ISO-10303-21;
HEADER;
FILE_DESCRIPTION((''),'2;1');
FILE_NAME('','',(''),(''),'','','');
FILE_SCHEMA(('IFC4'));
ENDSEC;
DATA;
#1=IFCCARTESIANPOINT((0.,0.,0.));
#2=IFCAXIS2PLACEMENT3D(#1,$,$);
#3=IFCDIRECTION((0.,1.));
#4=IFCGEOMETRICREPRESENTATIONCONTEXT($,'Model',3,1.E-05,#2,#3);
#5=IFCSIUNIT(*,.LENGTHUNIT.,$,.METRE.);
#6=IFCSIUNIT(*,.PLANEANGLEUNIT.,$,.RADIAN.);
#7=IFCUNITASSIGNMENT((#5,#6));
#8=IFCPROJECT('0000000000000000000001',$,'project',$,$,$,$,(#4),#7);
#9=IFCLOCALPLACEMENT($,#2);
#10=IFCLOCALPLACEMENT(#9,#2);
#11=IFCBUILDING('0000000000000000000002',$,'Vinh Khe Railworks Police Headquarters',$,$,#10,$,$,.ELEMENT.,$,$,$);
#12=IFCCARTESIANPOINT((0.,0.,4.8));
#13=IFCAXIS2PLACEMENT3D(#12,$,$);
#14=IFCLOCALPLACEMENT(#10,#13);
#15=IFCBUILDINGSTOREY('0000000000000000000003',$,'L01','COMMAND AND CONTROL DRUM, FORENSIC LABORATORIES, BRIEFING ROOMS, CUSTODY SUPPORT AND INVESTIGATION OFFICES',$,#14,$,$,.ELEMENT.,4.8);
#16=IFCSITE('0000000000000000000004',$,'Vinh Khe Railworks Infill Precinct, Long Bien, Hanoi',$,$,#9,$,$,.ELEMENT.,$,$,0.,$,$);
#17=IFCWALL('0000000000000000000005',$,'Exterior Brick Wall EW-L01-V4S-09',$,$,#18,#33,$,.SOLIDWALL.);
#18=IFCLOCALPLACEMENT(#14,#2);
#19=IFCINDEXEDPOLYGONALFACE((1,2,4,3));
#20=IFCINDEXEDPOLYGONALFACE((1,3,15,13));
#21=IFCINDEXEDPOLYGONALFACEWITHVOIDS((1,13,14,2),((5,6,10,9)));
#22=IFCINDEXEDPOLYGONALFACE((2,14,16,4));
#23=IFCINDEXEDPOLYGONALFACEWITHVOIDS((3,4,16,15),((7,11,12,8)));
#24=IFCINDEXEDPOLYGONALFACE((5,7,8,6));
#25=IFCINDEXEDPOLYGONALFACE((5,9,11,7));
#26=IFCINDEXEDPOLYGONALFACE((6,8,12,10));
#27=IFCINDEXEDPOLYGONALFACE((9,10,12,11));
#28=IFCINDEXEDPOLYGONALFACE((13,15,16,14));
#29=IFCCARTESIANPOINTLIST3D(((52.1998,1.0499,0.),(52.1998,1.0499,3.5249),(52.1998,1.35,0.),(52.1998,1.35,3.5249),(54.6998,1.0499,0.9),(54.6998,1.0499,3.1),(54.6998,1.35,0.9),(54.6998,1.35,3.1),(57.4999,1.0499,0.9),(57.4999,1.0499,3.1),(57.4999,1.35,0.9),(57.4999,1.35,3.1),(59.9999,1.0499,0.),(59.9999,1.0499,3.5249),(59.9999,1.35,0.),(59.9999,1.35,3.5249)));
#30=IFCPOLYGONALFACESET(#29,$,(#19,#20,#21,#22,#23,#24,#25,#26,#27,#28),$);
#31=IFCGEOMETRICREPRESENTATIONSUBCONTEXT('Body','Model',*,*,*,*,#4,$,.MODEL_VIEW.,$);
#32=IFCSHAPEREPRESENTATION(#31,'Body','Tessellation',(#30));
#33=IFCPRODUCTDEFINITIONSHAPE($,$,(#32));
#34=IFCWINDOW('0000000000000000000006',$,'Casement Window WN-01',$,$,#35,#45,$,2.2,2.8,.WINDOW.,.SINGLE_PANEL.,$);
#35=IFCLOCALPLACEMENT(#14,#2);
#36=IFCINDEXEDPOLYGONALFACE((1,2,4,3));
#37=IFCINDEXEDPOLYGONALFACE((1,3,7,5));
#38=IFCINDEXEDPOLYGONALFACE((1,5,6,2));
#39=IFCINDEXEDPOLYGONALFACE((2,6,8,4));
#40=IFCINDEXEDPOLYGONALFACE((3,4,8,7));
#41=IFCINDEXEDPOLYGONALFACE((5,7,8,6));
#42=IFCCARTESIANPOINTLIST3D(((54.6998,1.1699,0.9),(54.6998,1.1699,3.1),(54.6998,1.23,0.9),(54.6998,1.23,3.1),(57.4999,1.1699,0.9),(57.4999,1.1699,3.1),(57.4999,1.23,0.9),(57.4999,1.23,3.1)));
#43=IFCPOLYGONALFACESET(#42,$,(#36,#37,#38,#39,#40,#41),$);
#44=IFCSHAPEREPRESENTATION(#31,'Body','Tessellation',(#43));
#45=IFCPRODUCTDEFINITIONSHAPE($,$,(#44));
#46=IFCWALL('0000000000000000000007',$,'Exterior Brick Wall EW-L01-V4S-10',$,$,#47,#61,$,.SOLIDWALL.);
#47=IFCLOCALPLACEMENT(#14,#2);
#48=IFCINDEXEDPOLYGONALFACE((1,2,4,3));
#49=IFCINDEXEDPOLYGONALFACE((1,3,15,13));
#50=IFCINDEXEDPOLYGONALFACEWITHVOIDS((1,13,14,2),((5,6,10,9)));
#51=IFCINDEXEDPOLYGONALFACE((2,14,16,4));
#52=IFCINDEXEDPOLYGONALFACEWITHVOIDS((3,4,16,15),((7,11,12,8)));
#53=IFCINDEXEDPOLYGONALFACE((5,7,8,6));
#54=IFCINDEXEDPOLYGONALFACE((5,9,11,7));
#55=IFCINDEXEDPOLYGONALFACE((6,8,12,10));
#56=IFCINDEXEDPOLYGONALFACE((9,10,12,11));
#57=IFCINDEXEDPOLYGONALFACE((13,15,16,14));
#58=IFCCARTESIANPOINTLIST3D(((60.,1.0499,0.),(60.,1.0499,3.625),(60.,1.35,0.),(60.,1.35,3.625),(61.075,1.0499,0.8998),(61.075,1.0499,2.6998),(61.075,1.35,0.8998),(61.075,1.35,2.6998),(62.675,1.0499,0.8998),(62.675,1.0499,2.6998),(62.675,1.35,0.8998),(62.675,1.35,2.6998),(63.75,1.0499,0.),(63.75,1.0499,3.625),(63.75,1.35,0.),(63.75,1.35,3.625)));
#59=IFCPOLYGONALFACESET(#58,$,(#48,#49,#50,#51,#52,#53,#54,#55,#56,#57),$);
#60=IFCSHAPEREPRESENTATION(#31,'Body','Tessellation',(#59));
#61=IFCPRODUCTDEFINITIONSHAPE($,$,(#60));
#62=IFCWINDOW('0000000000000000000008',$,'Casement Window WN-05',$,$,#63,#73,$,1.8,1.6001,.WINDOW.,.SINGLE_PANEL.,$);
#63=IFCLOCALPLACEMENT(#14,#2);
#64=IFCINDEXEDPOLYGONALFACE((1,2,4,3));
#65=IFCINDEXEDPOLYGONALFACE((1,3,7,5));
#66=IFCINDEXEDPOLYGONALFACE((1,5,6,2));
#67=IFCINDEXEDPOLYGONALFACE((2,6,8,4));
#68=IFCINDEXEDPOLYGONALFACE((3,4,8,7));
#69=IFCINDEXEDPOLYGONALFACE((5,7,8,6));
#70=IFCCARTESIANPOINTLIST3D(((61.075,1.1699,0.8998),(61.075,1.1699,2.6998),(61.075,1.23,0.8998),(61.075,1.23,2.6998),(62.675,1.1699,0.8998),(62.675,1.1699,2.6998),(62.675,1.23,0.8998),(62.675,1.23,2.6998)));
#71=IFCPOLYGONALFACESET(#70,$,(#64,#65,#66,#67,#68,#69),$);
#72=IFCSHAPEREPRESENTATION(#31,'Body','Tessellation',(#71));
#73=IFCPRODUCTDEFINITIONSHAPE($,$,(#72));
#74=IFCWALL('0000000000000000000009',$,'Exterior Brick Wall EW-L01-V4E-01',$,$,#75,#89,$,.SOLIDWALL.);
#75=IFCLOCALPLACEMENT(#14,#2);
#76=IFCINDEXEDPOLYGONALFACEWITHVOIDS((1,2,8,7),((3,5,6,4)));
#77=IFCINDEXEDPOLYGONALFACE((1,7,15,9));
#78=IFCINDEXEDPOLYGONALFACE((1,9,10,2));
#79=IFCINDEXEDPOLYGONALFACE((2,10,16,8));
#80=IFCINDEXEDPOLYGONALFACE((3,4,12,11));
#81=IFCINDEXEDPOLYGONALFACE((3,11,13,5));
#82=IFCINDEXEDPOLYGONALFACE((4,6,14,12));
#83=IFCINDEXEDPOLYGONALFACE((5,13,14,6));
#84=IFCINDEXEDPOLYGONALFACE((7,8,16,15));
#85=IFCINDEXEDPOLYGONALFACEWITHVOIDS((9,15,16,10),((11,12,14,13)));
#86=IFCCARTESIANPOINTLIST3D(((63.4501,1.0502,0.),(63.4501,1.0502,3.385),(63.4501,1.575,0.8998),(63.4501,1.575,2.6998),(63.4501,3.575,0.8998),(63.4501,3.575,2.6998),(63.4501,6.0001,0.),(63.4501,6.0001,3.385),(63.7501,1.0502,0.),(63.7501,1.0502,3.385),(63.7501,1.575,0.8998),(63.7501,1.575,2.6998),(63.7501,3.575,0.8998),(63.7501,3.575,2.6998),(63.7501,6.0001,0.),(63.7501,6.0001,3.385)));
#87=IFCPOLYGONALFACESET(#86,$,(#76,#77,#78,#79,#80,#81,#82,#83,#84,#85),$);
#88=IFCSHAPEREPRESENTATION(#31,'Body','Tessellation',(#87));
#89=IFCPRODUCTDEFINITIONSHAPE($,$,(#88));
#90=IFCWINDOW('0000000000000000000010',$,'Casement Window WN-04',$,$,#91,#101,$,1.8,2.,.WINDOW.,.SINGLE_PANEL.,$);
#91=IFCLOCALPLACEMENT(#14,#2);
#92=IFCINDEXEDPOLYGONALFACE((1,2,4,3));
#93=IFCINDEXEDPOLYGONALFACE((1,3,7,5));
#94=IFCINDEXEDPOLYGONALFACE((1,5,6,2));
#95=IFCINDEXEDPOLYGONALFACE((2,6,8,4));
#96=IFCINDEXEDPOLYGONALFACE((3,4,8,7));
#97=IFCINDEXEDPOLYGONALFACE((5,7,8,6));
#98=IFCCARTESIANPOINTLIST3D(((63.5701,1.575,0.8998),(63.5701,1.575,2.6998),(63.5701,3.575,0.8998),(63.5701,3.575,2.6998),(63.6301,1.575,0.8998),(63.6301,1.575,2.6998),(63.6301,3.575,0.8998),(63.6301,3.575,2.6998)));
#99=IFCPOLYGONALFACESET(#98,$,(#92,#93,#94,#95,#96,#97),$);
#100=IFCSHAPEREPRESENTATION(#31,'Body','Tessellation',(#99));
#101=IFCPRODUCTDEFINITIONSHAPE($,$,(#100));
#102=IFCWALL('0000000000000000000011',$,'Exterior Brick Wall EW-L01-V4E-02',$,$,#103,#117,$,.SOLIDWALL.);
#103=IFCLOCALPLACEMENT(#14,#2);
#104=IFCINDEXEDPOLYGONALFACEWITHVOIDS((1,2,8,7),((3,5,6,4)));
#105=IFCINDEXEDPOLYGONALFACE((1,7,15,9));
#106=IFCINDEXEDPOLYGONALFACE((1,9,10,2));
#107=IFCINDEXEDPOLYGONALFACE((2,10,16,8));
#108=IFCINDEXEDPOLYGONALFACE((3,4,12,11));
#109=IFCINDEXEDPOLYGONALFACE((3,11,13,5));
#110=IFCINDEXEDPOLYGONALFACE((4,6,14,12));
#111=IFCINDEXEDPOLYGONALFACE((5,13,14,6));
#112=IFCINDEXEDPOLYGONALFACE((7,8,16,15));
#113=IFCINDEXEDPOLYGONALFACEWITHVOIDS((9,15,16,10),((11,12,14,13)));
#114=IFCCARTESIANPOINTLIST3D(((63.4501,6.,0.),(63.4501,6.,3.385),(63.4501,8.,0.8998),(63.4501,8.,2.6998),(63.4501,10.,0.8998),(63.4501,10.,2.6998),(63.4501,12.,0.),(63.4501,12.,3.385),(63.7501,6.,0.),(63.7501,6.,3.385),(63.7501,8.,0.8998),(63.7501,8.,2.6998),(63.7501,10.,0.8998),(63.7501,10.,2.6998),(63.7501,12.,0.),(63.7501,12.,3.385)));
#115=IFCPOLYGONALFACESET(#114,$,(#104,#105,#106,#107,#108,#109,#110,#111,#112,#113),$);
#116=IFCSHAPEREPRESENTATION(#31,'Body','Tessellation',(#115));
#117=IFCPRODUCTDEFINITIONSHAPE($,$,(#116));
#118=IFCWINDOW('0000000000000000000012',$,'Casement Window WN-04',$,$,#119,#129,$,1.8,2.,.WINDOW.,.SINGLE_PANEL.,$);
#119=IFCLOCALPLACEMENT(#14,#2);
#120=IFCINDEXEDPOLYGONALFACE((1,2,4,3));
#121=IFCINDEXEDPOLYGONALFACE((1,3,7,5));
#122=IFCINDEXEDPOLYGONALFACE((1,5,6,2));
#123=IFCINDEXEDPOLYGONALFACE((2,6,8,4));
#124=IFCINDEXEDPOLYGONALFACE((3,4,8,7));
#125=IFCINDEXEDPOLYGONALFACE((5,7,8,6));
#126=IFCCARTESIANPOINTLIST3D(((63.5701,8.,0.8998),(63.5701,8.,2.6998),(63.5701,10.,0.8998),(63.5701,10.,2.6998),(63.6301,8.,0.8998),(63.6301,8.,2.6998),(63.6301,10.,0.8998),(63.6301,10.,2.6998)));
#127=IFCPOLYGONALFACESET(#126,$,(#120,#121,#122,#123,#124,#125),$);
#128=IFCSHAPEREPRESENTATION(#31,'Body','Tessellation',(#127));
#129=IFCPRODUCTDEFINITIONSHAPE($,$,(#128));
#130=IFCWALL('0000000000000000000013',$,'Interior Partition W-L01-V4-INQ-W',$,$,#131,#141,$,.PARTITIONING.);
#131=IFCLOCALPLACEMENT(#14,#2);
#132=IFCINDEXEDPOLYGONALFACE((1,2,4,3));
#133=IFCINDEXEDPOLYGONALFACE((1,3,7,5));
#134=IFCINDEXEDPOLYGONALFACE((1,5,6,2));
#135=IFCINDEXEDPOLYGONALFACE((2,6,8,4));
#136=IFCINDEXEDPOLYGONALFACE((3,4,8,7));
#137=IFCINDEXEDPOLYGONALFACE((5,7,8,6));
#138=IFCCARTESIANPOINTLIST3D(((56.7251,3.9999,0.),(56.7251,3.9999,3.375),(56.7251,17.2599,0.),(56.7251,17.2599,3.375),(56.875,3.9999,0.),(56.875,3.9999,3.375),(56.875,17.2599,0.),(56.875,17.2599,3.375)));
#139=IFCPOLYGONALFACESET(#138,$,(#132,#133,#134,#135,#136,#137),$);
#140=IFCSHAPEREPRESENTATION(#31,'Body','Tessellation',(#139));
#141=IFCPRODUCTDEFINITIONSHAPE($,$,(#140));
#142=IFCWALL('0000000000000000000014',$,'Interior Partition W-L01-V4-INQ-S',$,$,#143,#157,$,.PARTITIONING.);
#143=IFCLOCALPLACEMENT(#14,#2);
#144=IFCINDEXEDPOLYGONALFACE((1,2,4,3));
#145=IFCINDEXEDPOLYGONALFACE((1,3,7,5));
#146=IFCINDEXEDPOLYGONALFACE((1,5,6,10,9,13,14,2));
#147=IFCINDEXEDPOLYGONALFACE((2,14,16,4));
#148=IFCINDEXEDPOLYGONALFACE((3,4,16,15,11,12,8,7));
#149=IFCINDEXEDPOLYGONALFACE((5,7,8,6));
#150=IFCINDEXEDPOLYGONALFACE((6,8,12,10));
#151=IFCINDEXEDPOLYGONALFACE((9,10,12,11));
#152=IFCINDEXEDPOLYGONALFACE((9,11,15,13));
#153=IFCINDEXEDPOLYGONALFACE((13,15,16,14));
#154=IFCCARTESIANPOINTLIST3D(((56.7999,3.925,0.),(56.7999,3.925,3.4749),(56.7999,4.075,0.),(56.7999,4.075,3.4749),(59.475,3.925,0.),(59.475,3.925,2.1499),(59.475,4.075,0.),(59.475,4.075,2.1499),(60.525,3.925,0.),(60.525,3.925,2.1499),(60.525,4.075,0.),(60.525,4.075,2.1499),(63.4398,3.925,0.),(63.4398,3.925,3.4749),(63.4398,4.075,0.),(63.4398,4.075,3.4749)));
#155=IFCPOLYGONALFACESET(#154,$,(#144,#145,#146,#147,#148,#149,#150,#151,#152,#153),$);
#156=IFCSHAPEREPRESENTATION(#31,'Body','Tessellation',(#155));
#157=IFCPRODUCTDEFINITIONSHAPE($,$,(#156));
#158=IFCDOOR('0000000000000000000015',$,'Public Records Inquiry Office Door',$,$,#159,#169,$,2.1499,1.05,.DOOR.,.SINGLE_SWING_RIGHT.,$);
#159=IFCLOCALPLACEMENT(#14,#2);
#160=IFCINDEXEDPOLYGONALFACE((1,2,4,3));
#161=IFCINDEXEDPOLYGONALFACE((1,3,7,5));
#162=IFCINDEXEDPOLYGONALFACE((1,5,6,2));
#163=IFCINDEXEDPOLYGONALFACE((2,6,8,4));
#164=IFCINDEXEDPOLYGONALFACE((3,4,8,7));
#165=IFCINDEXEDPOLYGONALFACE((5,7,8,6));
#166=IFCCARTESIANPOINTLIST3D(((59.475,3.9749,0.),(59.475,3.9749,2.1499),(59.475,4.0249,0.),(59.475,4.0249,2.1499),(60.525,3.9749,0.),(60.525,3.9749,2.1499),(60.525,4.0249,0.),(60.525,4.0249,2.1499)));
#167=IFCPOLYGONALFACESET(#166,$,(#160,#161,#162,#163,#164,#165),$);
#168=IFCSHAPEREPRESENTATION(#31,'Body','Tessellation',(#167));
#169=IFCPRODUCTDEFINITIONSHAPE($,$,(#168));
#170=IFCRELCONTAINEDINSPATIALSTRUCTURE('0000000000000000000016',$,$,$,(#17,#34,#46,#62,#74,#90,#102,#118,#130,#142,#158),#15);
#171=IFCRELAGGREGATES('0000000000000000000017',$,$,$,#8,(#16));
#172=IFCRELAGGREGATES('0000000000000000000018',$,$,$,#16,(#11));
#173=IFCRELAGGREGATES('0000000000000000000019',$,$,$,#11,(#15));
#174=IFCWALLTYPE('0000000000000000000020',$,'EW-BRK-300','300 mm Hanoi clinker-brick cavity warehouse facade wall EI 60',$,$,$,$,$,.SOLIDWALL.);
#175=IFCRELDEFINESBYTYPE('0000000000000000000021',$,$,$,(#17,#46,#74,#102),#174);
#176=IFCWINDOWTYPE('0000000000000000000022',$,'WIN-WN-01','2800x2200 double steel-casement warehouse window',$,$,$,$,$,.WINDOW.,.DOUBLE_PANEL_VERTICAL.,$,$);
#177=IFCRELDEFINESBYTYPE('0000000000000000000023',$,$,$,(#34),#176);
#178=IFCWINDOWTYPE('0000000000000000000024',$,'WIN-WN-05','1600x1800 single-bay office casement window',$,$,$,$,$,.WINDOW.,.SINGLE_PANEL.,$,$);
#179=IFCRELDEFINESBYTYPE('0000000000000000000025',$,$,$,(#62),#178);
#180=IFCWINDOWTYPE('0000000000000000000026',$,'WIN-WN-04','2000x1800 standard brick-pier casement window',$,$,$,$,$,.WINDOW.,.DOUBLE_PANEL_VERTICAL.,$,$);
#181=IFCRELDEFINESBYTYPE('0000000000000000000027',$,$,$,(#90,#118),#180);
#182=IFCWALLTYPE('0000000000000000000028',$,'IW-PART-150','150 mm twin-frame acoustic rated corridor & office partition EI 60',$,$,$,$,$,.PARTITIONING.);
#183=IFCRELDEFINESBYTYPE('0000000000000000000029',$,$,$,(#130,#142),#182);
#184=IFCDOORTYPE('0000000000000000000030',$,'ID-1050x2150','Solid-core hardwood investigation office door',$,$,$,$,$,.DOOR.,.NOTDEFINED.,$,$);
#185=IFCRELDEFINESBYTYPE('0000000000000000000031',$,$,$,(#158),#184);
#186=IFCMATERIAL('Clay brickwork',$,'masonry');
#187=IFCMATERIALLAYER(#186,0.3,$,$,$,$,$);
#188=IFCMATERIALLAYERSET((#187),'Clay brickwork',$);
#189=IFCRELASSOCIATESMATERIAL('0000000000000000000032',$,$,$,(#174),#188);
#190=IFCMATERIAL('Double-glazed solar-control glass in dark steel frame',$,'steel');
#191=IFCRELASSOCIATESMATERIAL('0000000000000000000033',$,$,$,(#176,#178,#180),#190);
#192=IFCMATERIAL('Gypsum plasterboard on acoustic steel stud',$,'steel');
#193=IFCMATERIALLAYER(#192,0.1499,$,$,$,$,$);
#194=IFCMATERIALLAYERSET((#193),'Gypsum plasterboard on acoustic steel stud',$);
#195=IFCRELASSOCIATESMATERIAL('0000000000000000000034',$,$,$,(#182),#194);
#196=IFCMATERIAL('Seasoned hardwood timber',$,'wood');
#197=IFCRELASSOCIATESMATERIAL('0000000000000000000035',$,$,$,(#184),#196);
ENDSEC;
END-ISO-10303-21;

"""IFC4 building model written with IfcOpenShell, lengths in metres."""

from ifc_helpers import new_model, si_unit, direction, frame, frame_2d, origin, place, context, subcontext, project, spatial, rectangle, extrude, material, layer, layer_set, type_object, element, fill, save


model = new_model("IFC4")

# Units and contexts
model_context = context("Model", 3, precision=1e-05, world=origin(), true_north=direction((0.0, 1.0)))
body_context = subcontext(model_context, "Body", "Model", "MODEL_VIEW")
ifc_project = project(units=[si_unit("LENGTHUNIT", "METRE"), si_unit("PLANEANGLEUNIT", "RADIAN")], contexts=[model_context])

# Site, building, storey
site_placement = place(None, origin())
site = spatial("IfcSite", under=ifc_project, at=site_placement, Name="Vinh Khe Railworks Infill Precinct, Long Bien, Hanoi", CompositionType="ELEMENT", RefElevation=0.0)
building_placement = place(site_placement, origin())
building = spatial("IfcBuilding", under=site, at=building_placement, Name="Vinh Khe Railworks Police Headquarters", CompositionType="ELEMENT")
storey_placement = place(building_placement, frame((0.0, 0.0, 4.8)))
storey = spatial("IfcBuildingStorey", under=building, at=storey_placement, Name="L01", Description="COMMAND AND CONTROL DRUM, FORENSIC LABORATORIES, BRIEFING ROOMS, CUSTODY SUPPORT AND INVESTIGATION OFFICES", CompositionType="ELEMENT", Elevation=4.8)

# Walls, openings, windows
ifc_material_1 = material(Name="Clay brickwork", Category="masonry")
ifc_layer_1 = layer(ifc_material_1, 0.3)
ifc_layer_set_1 = layer_set([ifc_layer_1], Name="Clay brickwork")
wall_type_1 = type_object("IfcWallType", Name="EW-BRK-300", Description="300 mm Hanoi clinker-brick cavity warehouse facade wall EI 60", PredefinedType="SOLIDWALL", material=ifc_layer_set_1)
wall_1_placement = place(storey_placement, frame((52.2, 1.2, 0.0), z_axis=(0.0, 0.0, 1.0), x_axis=(1.0, 0.0, 0.0)))
wall_1 = element("IfcWall", 1, at=wall_1_placement, inside=storey, type_object=wall_type_1, Name="Exterior Brick Wall EW-L01-V4S-09", PredefinedType="SOLIDWALL", context=body_context, shape_type="SweptSolid", body=[
    extrude(rectangle(XDim=7.8, YDim=0.3, at=frame_2d((3.8999, 0.0))), origin(), (0.0, 0.0, 1.0), 3.5249),
])
opening_1_placement = place(wall_1_placement, frame((2.5, 0.0, 0.8999)))
opening_1 = element("IfcOpeningElement", 2, at=opening_1_placement, cuts=wall_1, PredefinedType="OPENING", context=body_context, shape_type="SweptSolid", body=[
    extrude(rectangle(XDim=2.8, YDim=2.2, at=frame_2d((1.3999, 1.1001))), frame((0.0, 0.165, 0.0), z_axis=(0.0, -1.0, 0.0), x_axis=(1.0, 0.0, 0.0)), (0.0, 0.0, 1.0), 0.3298),
])
ifc_material_2 = material(Name="Double-glazed solar-control glass in dark steel frame", Category="steel")
window_type_1 = type_object("IfcWindowType", Name="WIN-WN-01", Description="2800x2200 double steel-casement warehouse window", PartitioningType="DOUBLE_PANEL_VERTICAL", PredefinedType="WINDOW", material=ifc_material_2)
window_1_placement = place(opening_1_placement, origin())
window_1 = element("IfcWindow", 3, at=window_1_placement, inside=storey, type_object=window_type_1, Name="Casement Window WN-01", OverallHeight=2.2, OverallWidth=2.8, PartitioningType="SINGLE_PANEL", PredefinedType="WINDOW", context=body_context, shape_type="SweptSolid", body=[
    extrude(rectangle(XDim=2.8, YDim=2.2, at=frame_2d((1.3999, 1.1001))), frame((0.0, 0.03, 0.0), z_axis=(0.0, -1.0, 0.0), x_axis=(1.0, 0.0, 0.0)), (0.0, 0.0, 1.0), 0.0601),
])
fill(opening_1, window_1)
wall_2_placement = place(storey_placement, frame((60.0, 1.2, 0.0), z_axis=(0.0, 0.0, 1.0), x_axis=(1.0, 0.0, 0.0)))
wall_2 = element("IfcWall", 4, at=wall_2_placement, inside=storey, type_object=wall_type_1, Name="Exterior Brick Wall EW-L01-V4S-10", PredefinedType="SOLIDWALL", context=body_context, shape_type="SweptSolid", body=[
    extrude(rectangle(XDim=3.75, YDim=0.3, at=frame_2d((1.875, 0.0))), origin(), (0.0, 0.0, 1.0), 3.625),
])
opening_2_placement = place(wall_2_placement, frame((1.075, 0.0, 0.8999)))
opening_2 = element("IfcOpeningElement", 5, at=opening_2_placement, cuts=wall_2, PredefinedType="OPENING", context=body_context, shape_type="SweptSolid", body=[
    extrude(rectangle(XDim=1.6001, YDim=1.8, at=frame_2d((0.8, 0.8999))), frame((0.0, 0.165, 0.0), z_axis=(0.0, -1.0, 0.0), x_axis=(1.0, 0.0, 0.0)), (0.0, 0.0, 1.0), 0.3298),
])
window_type_2 = type_object("IfcWindowType", Name="WIN-WN-05", Description="1600x1800 single-bay office casement window", PartitioningType="SINGLE_PANEL", PredefinedType="WINDOW", material=ifc_material_2)
window_2_placement = place(opening_2_placement, origin())
window_2 = element("IfcWindow", 6, at=window_2_placement, inside=storey, type_object=window_type_2, Name="Casement Window WN-05", OverallHeight=1.8, OverallWidth=1.6001, PartitioningType="SINGLE_PANEL", PredefinedType="WINDOW", context=body_context, shape_type="SweptSolid", body=[
    extrude(rectangle(XDim=1.6001, YDim=1.8, at=frame_2d((0.8, 0.8999))), frame((0.0, 0.03, 0.0), z_axis=(0.0, -1.0, 0.0), x_axis=(1.0, 0.0, 0.0)), (0.0, 0.0, 1.0), 0.0601),
])
fill(opening_2, window_2)
wall_3_placement = place(storey_placement, frame((63.6001, 1.05, 0.0), z_axis=(0.0, 0.0, 1.0), x_axis=(0.0, 1.0, 0.0)))
wall_3 = element("IfcWall", 7, at=wall_3_placement, inside=storey, type_object=wall_type_1, Name="Exterior Brick Wall EW-L01-V4E-01", PredefinedType="SOLIDWALL", context=body_context, shape_type="SweptSolid", body=[
    extrude(rectangle(XDim=4.95, YDim=0.3, at=frame_2d((2.4751, 0.0))), origin(), (0.0, 0.0, 1.0), 3.385),
])
opening_3_placement = place(wall_3_placement, frame((0.5249, 0.0, 0.8999)))
opening_3 = element("IfcOpeningElement", 8, at=opening_3_placement, cuts=wall_3, PredefinedType="OPENING", context=body_context, shape_type="SweptSolid", body=[
    extrude(rectangle(XDim=2.0, YDim=1.8, at=frame_2d((1.0, 0.8999))), frame((0.0, 0.165, 0.0), z_axis=(0.0, -1.0, 0.0), x_axis=(1.0, 0.0, 0.0)), (0.0, 0.0, 1.0), 0.3298),
])
window_type_3 = type_object("IfcWindowType", Name="WIN-WN-04", Description="2000x1800 standard brick-pier casement window", PartitioningType="DOUBLE_PANEL_VERTICAL", PredefinedType="WINDOW", material=ifc_material_2)
window_3_placement = place(opening_3_placement, origin())
window_3 = element("IfcWindow", 9, at=window_3_placement, inside=storey, type_object=window_type_3, Name="Casement Window WN-04", OverallHeight=1.8, OverallWidth=2.0, PartitioningType="SINGLE_PANEL", PredefinedType="WINDOW", context=body_context, shape_type="SweptSolid", body=[
    extrude(rectangle(XDim=2.0, YDim=1.8, at=frame_2d((1.0, 0.8999))), frame((0.0, 0.03, 0.0), z_axis=(0.0, -1.0, 0.0), x_axis=(1.0, 0.0, 0.0)), (0.0, 0.0, 1.0), 0.0601),
])
fill(opening_3, window_3)
wall_4_placement = place(storey_placement, frame((63.6001, 6.0, 0.0), z_axis=(0.0, 0.0, 1.0), x_axis=(0.0, 1.0, 0.0)))
wall_4 = element("IfcWall", 10, at=wall_4_placement, inside=storey, type_object=wall_type_1, Name="Exterior Brick Wall EW-L01-V4E-02", PredefinedType="SOLIDWALL", context=body_context, shape_type="SweptSolid", body=[
    extrude(rectangle(XDim=6.0, YDim=0.3, at=frame_2d((3.0, 0.0))), origin(), (0.0, 0.0, 1.0), 3.385),
])
opening_4_placement = place(wall_4_placement, frame((2.0, 0.0, 0.8999)))
opening_4 = element("IfcOpeningElement", 11, at=opening_4_placement, cuts=wall_4, PredefinedType="OPENING", context=body_context, shape_type="SweptSolid", body=[
    extrude(rectangle(XDim=2.0, YDim=1.8, at=frame_2d((1.0, 0.8999))), frame((0.0, 0.165, 0.0), z_axis=(0.0, -1.0, 0.0), x_axis=(1.0, 0.0, 0.0)), (0.0, 0.0, 1.0), 0.3298),
])
window_4_placement = place(opening_4_placement, origin())
window_4 = element("IfcWindow", 12, at=window_4_placement, inside=storey, type_object=window_type_3, Name="Casement Window WN-04", OverallHeight=1.8, OverallWidth=2.0, PartitioningType="SINGLE_PANEL", PredefinedType="WINDOW", context=body_context, shape_type="SweptSolid", body=[
    extrude(rectangle(XDim=2.0, YDim=1.8, at=frame_2d((1.0, 0.8999))), frame((0.0, 0.03, 0.0), z_axis=(0.0, -1.0, 0.0), x_axis=(1.0, 0.0, 0.0)), (0.0, 0.0, 1.0), 0.0601),
])
fill(opening_4, window_4)

# Wall
ifc_material_3 = material(Name="Gypsum plasterboard on acoustic steel stud", Category="steel")
ifc_layer_2 = layer(ifc_material_3, 0.1499)
ifc_layer_set_2 = layer_set([ifc_layer_2], Name="Gypsum plasterboard on acoustic steel stud")
wall_type_2 = type_object("IfcWallType", Name="IW-PART-150", Description="150 mm twin-frame acoustic rated corridor & office partition EI 60", PredefinedType="PARTITIONING", material=ifc_layer_set_2)
wall_5_placement = place(storey_placement, frame((56.8, 4.0, 0.0), z_axis=(0.0, 0.0, 1.0), x_axis=(0.0, 1.0, 0.0)))
element("IfcWall", 13, at=wall_5_placement, inside=storey, type_object=wall_type_2, Name="Interior Partition W-L01-V4-INQ-W", PredefinedType="PARTITIONING", context=body_context, shape_type="SweptSolid", body=[
    extrude(rectangle(XDim=13.26, YDim=0.1499, at=frame_2d((6.6299, 0.0))), origin(), (0.0, 0.0, 1.0), 3.375),
])

# Wall, opening, door
wall_6_placement = place(storey_placement, frame((56.8, 4.0, 0.0), z_axis=(0.0, 0.0, 1.0), x_axis=(1.0, 0.0, 0.0)))
wall_6 = element("IfcWall", 14, at=wall_6_placement, inside=storey, type_object=wall_type_2, Name="Interior Partition W-L01-V4-INQ-S", PredefinedType="PARTITIONING", context=body_context, shape_type="SweptSolid", body=[
    extrude(rectangle(XDim=6.6399, YDim=0.1499, at=frame_2d((3.3198, 0.0))), origin(), (0.0, 0.0, 1.0), 3.4749),
])
opening_5_placement = place(wall_6_placement, frame((2.675, 0.0, 0.0)))
opening_5 = element("IfcOpeningElement", 15, at=opening_5_placement, cuts=wall_6, PredefinedType="OPENING", context=body_context, shape_type="SweptSolid", body=[
    extrude(rectangle(XDim=1.05, YDim=2.1499, at=frame_2d((0.5249, 1.075))), frame((0.0, 0.0898, 0.0), z_axis=(0.0, -1.0, 0.0), x_axis=(1.0, 0.0, 0.0)), (0.0, 0.0, 1.0), 0.1797),
])
ifc_material_4 = material(Name="Seasoned hardwood timber", Category="wood")
door_type = type_object("IfcDoorType", Name="ID-1050x2150", Description="Solid-core hardwood investigation office door", OperationType="NOTDEFINED", PredefinedType="DOOR", material=ifc_material_4)
door_placement = place(opening_5_placement, origin())
door = element("IfcDoor", 16, at=door_placement, inside=storey, type_object=door_type, Name="Public Records Inquiry Office Door", OperationType="SINGLE_SWING_RIGHT", OverallHeight=2.1499, OverallWidth=1.05, PredefinedType="DOOR", context=body_context, shape_type="SweptSolid", body=[
    extrude(rectangle(XDim=1.05, YDim=2.1499, at=frame_2d((0.5249, 1.075))), frame((0.0, 0.0249, 0.0), z_axis=(0.0, -1.0, 0.0), x_axis=(1.0, 0.0, 0.0)), (0.0, 0.0, 1.0), 0.05),
])
fill(opening_5, door)

save(model, "model.ifc")
